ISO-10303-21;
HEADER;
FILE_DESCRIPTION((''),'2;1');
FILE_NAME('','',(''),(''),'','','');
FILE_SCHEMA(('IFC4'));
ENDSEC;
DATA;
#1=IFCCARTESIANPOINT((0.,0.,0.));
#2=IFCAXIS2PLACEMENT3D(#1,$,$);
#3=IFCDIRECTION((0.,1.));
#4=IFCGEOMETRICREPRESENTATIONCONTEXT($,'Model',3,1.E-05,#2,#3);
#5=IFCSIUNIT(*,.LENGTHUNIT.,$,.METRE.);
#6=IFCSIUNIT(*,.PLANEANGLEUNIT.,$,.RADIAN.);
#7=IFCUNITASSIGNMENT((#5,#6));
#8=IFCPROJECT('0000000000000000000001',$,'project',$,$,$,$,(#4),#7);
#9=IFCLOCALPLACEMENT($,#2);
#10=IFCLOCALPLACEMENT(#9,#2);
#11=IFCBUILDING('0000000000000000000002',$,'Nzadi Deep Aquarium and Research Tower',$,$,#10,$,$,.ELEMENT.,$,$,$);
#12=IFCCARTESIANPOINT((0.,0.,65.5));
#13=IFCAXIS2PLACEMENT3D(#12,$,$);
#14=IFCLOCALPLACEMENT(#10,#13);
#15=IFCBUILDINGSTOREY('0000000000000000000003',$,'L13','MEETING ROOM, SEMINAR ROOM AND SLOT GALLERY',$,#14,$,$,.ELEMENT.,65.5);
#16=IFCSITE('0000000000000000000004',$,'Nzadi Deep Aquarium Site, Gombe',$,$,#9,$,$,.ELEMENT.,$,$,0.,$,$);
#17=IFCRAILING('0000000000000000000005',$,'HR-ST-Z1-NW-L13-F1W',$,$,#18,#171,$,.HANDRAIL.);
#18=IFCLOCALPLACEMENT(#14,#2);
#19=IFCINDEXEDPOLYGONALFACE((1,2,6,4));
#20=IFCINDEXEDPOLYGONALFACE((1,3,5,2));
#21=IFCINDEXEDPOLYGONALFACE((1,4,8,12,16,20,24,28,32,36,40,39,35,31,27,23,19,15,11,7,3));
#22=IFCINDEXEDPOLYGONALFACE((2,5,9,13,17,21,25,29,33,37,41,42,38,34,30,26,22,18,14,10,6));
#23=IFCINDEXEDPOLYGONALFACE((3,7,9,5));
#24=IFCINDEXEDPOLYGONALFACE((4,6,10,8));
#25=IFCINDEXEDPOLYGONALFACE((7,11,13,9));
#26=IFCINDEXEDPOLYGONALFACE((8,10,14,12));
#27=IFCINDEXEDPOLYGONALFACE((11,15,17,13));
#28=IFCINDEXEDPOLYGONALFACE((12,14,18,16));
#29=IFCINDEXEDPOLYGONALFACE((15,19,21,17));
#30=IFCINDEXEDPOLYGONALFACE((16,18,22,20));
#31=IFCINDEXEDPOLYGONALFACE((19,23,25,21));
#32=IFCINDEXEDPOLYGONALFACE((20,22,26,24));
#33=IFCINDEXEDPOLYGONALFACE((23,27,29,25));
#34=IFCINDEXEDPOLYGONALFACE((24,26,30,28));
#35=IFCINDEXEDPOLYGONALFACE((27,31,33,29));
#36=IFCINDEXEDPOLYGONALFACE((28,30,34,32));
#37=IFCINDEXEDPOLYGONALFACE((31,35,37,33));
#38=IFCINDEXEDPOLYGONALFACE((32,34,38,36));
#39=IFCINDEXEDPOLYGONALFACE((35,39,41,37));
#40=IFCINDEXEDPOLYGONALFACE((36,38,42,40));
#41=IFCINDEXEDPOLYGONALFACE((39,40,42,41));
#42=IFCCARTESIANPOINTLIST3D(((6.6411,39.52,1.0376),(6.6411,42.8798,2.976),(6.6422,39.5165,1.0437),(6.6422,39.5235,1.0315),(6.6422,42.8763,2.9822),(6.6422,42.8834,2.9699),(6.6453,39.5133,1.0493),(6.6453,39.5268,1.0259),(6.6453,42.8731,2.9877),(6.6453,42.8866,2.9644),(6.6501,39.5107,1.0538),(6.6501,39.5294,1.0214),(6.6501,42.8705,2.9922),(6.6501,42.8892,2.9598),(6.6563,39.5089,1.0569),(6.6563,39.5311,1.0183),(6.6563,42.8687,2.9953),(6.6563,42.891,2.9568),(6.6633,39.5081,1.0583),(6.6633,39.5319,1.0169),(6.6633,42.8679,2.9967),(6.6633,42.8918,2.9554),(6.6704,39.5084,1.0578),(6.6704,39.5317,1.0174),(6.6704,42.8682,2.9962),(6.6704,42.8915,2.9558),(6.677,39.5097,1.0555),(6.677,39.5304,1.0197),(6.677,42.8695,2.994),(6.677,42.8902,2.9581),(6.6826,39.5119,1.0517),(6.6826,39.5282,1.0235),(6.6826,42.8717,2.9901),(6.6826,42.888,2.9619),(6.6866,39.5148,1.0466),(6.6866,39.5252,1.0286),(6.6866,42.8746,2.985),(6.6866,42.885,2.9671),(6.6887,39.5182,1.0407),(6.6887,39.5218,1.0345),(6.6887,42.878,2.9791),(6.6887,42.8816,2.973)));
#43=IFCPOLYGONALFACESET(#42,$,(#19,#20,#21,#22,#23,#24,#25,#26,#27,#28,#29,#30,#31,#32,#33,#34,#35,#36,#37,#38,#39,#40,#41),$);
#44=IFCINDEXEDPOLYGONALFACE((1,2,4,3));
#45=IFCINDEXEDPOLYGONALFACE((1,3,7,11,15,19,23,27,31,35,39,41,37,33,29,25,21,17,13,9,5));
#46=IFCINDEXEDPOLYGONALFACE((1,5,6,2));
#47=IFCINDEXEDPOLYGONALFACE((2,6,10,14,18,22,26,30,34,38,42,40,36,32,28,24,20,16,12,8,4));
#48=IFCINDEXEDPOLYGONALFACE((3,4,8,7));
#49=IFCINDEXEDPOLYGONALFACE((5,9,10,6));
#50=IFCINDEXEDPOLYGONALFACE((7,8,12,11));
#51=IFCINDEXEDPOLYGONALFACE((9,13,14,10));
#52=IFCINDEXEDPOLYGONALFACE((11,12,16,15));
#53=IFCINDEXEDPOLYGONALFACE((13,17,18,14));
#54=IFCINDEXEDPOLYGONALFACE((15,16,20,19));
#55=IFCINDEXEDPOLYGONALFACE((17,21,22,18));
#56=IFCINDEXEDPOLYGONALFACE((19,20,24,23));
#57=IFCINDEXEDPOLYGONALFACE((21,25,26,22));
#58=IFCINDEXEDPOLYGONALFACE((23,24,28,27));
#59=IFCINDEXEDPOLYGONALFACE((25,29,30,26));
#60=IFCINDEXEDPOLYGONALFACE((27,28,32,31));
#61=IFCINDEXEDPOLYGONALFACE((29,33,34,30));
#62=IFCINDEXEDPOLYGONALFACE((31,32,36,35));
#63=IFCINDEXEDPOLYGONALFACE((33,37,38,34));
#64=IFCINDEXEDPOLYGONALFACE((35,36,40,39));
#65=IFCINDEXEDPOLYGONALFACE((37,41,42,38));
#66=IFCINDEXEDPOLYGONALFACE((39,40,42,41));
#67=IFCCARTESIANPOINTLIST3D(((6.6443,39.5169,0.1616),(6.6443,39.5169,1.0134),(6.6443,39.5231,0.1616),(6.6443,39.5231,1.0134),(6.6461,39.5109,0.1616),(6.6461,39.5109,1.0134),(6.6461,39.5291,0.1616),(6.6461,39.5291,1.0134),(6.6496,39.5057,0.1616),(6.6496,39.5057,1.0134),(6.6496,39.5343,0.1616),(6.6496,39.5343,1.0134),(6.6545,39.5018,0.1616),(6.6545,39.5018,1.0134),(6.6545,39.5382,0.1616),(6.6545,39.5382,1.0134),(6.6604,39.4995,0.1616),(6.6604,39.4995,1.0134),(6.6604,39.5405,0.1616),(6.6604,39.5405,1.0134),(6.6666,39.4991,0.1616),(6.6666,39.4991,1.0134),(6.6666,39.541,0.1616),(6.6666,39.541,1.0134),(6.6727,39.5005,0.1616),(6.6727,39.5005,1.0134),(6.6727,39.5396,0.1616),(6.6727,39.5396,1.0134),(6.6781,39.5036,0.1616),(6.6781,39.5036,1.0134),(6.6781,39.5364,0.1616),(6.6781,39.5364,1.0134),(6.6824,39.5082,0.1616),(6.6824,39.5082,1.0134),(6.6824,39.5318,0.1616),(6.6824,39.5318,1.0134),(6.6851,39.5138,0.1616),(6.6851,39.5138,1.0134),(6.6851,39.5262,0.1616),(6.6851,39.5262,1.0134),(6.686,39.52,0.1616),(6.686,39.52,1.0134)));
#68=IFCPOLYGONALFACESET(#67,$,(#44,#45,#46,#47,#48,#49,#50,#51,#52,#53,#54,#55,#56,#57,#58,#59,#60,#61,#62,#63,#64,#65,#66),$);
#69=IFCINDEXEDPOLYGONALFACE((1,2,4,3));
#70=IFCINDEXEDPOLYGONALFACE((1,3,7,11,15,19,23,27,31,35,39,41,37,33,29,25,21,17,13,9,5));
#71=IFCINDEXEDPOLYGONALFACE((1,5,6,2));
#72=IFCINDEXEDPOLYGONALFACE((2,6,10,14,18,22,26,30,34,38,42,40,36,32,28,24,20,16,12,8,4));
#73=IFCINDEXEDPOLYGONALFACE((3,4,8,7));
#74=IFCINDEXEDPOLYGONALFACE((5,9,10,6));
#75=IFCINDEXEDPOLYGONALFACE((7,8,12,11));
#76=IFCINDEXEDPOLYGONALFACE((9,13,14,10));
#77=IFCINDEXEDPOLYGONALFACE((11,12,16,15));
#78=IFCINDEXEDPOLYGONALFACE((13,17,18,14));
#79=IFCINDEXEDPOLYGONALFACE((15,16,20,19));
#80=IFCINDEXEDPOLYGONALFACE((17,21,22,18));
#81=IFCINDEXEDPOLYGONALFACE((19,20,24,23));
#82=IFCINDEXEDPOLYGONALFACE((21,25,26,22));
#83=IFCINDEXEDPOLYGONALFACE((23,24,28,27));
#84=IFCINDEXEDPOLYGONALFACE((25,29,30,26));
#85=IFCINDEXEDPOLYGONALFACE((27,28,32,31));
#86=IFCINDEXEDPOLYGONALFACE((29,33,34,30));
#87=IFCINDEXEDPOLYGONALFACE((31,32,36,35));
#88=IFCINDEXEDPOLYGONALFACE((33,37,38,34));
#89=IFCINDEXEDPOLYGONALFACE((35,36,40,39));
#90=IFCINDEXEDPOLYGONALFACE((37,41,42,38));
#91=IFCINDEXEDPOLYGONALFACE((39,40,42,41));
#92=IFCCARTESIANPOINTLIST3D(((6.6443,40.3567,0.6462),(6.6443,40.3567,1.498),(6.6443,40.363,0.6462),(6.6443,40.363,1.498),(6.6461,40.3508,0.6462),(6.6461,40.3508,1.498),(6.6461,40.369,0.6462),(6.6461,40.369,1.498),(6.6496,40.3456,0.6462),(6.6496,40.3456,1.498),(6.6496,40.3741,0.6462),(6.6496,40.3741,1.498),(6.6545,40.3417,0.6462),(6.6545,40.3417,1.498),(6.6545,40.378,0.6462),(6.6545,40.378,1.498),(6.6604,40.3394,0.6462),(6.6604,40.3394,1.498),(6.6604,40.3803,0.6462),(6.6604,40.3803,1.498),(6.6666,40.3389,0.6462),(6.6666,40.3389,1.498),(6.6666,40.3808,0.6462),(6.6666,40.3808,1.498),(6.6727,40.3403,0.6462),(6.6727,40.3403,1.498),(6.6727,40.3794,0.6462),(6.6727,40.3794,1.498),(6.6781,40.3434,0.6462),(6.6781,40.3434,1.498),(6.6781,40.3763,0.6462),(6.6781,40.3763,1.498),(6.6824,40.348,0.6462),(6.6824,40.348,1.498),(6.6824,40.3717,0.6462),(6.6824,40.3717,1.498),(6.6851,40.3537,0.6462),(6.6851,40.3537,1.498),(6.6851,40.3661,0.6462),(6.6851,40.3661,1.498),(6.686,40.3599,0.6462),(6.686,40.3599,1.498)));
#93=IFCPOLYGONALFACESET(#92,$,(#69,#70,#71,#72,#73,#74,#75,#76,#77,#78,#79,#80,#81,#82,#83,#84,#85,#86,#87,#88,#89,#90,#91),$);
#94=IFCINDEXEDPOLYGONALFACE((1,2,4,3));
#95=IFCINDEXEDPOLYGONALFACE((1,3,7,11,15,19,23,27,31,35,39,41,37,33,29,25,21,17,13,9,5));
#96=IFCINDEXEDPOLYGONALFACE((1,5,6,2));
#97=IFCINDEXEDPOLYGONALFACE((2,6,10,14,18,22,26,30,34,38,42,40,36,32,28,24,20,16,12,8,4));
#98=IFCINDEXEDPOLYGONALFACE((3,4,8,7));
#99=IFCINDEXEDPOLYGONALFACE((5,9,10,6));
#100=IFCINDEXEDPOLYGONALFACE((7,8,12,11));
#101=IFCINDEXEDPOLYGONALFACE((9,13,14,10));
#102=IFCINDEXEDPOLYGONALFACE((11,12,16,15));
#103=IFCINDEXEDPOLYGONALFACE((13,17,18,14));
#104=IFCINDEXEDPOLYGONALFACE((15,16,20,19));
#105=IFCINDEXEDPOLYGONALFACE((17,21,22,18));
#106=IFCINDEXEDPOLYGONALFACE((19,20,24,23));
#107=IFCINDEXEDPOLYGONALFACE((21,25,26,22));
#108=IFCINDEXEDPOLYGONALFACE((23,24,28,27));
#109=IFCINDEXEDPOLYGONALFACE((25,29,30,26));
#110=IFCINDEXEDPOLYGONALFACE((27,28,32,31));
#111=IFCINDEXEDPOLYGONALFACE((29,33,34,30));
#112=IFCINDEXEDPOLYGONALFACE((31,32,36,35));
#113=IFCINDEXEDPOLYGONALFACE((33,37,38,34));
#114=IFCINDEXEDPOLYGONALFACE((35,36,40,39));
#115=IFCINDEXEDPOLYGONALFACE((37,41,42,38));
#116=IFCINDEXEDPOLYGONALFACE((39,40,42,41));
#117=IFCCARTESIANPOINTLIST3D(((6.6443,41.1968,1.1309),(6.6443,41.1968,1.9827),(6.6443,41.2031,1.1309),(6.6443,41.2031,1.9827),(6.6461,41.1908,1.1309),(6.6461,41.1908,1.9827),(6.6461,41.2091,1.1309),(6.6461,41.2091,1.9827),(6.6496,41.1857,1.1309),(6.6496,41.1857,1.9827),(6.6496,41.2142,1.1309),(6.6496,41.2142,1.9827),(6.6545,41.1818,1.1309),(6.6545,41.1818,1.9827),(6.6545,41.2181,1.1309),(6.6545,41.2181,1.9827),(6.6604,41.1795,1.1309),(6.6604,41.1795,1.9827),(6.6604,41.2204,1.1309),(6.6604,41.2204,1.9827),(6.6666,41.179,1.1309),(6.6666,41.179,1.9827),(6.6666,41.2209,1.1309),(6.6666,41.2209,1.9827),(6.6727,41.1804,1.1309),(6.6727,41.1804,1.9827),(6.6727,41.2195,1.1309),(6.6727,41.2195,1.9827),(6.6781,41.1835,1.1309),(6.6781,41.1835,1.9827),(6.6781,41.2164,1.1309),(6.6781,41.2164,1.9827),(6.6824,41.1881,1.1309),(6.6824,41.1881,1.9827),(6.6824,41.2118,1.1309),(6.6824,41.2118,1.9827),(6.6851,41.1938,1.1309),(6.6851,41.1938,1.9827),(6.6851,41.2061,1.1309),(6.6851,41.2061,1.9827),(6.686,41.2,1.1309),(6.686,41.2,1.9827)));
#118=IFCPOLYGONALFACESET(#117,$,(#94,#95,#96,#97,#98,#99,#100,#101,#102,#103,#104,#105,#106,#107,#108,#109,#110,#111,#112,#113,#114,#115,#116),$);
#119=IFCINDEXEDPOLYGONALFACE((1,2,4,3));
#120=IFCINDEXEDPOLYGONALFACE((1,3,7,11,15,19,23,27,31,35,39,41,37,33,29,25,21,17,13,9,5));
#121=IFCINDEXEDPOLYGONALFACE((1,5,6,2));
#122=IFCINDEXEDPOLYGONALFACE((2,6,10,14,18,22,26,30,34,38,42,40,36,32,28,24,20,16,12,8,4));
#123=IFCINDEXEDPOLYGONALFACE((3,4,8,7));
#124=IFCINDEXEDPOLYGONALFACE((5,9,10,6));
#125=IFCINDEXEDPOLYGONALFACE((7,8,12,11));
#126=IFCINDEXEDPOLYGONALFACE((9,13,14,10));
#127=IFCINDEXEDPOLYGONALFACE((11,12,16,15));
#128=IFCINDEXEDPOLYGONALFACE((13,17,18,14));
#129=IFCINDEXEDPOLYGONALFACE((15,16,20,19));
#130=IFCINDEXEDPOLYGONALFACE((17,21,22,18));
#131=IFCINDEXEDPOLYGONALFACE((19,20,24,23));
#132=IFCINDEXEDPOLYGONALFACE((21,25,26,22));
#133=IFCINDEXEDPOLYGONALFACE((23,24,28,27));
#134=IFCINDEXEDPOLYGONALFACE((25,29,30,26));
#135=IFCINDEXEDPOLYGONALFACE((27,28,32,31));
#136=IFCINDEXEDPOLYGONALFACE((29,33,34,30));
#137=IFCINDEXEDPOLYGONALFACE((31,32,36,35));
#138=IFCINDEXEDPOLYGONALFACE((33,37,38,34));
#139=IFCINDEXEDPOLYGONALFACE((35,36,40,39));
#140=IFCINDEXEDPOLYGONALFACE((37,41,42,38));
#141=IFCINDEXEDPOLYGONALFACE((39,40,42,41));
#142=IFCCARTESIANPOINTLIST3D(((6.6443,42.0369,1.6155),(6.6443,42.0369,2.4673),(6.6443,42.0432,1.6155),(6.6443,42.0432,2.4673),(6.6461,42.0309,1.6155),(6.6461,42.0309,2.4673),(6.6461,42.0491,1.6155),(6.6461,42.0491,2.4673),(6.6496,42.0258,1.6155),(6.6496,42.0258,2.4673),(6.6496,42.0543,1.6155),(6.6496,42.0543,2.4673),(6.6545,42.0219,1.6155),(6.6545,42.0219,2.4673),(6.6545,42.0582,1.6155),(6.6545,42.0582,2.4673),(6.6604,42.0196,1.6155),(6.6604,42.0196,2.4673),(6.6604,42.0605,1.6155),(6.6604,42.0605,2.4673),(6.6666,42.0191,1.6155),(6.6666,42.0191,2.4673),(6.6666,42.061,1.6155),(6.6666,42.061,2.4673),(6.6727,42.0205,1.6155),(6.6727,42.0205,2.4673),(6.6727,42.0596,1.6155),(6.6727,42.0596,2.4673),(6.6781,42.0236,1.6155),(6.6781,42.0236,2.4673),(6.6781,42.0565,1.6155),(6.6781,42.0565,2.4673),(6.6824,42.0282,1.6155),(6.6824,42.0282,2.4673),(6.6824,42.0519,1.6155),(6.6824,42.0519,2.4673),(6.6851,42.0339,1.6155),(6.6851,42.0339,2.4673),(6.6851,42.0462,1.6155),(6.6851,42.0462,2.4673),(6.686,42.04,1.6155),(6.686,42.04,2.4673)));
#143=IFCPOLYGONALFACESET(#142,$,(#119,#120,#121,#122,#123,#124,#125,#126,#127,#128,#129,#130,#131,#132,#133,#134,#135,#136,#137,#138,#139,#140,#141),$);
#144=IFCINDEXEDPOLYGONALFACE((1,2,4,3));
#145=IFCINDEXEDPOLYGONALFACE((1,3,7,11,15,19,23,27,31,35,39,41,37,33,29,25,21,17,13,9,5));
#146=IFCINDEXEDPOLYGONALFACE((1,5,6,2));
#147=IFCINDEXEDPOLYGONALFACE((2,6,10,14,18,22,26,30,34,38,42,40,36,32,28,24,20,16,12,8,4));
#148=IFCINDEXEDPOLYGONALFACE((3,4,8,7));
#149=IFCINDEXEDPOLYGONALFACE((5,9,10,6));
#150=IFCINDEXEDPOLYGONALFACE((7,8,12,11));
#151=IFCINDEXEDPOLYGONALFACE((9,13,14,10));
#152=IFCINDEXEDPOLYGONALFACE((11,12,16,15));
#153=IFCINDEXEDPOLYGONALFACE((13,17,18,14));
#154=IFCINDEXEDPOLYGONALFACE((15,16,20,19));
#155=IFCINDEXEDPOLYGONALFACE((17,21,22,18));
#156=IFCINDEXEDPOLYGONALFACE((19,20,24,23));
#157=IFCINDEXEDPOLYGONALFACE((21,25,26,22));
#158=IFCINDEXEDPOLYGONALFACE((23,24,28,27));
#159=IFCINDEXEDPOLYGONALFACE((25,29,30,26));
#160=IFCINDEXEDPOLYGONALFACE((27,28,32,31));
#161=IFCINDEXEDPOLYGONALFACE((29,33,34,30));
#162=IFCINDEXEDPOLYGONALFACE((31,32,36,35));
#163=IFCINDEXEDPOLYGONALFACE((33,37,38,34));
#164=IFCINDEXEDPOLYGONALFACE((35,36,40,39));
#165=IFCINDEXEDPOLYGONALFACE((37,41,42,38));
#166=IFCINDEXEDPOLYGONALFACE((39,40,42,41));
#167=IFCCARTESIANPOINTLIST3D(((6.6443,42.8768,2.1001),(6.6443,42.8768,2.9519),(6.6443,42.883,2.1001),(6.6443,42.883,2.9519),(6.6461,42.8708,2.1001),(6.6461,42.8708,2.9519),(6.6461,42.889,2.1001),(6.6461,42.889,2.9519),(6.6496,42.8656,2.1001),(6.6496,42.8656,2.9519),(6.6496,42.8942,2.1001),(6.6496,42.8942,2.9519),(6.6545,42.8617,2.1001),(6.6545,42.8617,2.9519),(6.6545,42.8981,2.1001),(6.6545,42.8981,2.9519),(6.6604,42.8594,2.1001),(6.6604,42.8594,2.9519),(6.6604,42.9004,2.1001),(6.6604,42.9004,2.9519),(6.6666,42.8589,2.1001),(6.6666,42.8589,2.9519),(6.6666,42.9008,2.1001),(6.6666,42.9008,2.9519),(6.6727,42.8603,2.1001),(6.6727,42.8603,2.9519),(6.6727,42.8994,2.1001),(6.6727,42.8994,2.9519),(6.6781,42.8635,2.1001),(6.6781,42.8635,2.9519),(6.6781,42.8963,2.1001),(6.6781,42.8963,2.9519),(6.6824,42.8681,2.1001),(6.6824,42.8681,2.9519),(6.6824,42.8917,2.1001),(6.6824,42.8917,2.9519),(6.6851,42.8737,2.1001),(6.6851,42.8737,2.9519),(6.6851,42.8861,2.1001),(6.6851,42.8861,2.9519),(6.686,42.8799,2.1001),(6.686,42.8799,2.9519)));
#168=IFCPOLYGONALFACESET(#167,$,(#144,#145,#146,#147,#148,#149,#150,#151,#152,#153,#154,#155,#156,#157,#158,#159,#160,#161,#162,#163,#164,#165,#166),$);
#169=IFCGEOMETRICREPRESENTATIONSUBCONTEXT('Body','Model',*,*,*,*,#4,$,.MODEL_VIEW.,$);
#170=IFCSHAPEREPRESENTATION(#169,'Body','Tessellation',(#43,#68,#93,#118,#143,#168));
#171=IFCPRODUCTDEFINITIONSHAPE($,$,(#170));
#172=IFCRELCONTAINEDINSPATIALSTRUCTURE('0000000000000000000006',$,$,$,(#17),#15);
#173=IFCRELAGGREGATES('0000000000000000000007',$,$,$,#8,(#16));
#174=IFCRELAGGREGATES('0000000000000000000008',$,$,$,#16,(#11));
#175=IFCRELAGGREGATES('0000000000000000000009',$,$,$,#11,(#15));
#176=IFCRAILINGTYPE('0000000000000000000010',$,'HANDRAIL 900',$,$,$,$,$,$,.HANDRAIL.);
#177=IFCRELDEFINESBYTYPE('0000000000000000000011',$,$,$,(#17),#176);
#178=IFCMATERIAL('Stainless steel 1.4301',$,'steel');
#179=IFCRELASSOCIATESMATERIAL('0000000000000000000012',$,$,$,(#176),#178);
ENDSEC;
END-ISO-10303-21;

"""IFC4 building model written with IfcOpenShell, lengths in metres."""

from ifc_helpers import new_model, si_unit, direction, frame, origin, origin_2d, place, context, subcontext, project, spatial, circle, extrude, material, type_object, element, save


model = new_model("IFC4")

# Units and contexts
model_context = context("Model", 3, precision=1e-05, world=origin(), true_north=direction((0.0, 1.0)))
body_context = subcontext(model_context, "Body", "Model", "MODEL_VIEW")
ifc_project = project(units=[si_unit("LENGTHUNIT", "METRE"), si_unit("PLANEANGLEUNIT", "RADIAN")], contexts=[model_context])

# Site, building, storey
site_placement = place(None, origin())
site = spatial("IfcSite", under=ifc_project, at=site_placement, Name="Nzadi Deep Aquarium Site, Gombe", CompositionType="ELEMENT", RefElevation=0.0)
building_placement = place(site_placement, origin())
building = spatial("IfcBuilding", under=site, at=building_placement, Name="Nzadi Deep Aquarium and Research Tower", CompositionType="ELEMENT")
storey_placement = place(building_placement, frame((0.0, 0.0, 65.5)))
storey = spatial("IfcBuildingStorey", under=building, at=storey_placement, Name="L13", Description="MEETING ROOM, SEMINAR ROOM AND SLOT GALLERY", CompositionType="ELEMENT", Elevation=65.5)

# Railing
ifc_material_1 = material(Name="Stainless steel 1.4301", Category="steel")
railing_type = type_object("IfcRailingType", Name="HANDRAIL 900", PredefinedType="HANDRAIL", material=ifc_material_1)
for number, where, name in (
    (1, (6.665, 39.52, 0.1616), "HR-ST-Z1-NW-L13-F1W"),
):
    element("IfcRailing", number, at=place(storey_placement, frame(where)), inside=storey, type_object=railing_type, Name=name, PredefinedType="HANDRAIL", context=body_context, shape_type="SweptSolid", body=[
        extrude(circle(Radius=0.0239, at=origin_2d()), frame((0.0, 0.0, 0.876), z_axis=(0.0, 0.866175, 0.499741), x_axis=(-1.0, 0.0, 0.0)), (0.0, 0.0, 1.0), 3.8789),
        extrude(circle(Radius=0.021, at=origin_2d()), origin(), (0.0, 0.0, 1.0), 0.8518),
        extrude(circle(Radius=0.021, at=origin_2d()), frame((0.0, 0.8398, 0.4846)), (0.0, 0.0, 1.0), 0.8518),
        extrude(circle(Radius=0.021, at=origin_2d()), frame((0.0, 1.6799, 0.9692)), (0.0, 0.0, 1.0), 0.8518),
        extrude(circle(Radius=0.021, at=origin_2d()), frame((0.0, 2.52, 1.4539)), (0.0, 0.0, 1.0), 0.8518),
        extrude(circle(Radius=0.021, at=origin_2d()), frame((0.0, 3.3599, 1.9385)), (0.0, 0.0, 1.0), 0.8518),
    ])

save(model, "model.ifc")
